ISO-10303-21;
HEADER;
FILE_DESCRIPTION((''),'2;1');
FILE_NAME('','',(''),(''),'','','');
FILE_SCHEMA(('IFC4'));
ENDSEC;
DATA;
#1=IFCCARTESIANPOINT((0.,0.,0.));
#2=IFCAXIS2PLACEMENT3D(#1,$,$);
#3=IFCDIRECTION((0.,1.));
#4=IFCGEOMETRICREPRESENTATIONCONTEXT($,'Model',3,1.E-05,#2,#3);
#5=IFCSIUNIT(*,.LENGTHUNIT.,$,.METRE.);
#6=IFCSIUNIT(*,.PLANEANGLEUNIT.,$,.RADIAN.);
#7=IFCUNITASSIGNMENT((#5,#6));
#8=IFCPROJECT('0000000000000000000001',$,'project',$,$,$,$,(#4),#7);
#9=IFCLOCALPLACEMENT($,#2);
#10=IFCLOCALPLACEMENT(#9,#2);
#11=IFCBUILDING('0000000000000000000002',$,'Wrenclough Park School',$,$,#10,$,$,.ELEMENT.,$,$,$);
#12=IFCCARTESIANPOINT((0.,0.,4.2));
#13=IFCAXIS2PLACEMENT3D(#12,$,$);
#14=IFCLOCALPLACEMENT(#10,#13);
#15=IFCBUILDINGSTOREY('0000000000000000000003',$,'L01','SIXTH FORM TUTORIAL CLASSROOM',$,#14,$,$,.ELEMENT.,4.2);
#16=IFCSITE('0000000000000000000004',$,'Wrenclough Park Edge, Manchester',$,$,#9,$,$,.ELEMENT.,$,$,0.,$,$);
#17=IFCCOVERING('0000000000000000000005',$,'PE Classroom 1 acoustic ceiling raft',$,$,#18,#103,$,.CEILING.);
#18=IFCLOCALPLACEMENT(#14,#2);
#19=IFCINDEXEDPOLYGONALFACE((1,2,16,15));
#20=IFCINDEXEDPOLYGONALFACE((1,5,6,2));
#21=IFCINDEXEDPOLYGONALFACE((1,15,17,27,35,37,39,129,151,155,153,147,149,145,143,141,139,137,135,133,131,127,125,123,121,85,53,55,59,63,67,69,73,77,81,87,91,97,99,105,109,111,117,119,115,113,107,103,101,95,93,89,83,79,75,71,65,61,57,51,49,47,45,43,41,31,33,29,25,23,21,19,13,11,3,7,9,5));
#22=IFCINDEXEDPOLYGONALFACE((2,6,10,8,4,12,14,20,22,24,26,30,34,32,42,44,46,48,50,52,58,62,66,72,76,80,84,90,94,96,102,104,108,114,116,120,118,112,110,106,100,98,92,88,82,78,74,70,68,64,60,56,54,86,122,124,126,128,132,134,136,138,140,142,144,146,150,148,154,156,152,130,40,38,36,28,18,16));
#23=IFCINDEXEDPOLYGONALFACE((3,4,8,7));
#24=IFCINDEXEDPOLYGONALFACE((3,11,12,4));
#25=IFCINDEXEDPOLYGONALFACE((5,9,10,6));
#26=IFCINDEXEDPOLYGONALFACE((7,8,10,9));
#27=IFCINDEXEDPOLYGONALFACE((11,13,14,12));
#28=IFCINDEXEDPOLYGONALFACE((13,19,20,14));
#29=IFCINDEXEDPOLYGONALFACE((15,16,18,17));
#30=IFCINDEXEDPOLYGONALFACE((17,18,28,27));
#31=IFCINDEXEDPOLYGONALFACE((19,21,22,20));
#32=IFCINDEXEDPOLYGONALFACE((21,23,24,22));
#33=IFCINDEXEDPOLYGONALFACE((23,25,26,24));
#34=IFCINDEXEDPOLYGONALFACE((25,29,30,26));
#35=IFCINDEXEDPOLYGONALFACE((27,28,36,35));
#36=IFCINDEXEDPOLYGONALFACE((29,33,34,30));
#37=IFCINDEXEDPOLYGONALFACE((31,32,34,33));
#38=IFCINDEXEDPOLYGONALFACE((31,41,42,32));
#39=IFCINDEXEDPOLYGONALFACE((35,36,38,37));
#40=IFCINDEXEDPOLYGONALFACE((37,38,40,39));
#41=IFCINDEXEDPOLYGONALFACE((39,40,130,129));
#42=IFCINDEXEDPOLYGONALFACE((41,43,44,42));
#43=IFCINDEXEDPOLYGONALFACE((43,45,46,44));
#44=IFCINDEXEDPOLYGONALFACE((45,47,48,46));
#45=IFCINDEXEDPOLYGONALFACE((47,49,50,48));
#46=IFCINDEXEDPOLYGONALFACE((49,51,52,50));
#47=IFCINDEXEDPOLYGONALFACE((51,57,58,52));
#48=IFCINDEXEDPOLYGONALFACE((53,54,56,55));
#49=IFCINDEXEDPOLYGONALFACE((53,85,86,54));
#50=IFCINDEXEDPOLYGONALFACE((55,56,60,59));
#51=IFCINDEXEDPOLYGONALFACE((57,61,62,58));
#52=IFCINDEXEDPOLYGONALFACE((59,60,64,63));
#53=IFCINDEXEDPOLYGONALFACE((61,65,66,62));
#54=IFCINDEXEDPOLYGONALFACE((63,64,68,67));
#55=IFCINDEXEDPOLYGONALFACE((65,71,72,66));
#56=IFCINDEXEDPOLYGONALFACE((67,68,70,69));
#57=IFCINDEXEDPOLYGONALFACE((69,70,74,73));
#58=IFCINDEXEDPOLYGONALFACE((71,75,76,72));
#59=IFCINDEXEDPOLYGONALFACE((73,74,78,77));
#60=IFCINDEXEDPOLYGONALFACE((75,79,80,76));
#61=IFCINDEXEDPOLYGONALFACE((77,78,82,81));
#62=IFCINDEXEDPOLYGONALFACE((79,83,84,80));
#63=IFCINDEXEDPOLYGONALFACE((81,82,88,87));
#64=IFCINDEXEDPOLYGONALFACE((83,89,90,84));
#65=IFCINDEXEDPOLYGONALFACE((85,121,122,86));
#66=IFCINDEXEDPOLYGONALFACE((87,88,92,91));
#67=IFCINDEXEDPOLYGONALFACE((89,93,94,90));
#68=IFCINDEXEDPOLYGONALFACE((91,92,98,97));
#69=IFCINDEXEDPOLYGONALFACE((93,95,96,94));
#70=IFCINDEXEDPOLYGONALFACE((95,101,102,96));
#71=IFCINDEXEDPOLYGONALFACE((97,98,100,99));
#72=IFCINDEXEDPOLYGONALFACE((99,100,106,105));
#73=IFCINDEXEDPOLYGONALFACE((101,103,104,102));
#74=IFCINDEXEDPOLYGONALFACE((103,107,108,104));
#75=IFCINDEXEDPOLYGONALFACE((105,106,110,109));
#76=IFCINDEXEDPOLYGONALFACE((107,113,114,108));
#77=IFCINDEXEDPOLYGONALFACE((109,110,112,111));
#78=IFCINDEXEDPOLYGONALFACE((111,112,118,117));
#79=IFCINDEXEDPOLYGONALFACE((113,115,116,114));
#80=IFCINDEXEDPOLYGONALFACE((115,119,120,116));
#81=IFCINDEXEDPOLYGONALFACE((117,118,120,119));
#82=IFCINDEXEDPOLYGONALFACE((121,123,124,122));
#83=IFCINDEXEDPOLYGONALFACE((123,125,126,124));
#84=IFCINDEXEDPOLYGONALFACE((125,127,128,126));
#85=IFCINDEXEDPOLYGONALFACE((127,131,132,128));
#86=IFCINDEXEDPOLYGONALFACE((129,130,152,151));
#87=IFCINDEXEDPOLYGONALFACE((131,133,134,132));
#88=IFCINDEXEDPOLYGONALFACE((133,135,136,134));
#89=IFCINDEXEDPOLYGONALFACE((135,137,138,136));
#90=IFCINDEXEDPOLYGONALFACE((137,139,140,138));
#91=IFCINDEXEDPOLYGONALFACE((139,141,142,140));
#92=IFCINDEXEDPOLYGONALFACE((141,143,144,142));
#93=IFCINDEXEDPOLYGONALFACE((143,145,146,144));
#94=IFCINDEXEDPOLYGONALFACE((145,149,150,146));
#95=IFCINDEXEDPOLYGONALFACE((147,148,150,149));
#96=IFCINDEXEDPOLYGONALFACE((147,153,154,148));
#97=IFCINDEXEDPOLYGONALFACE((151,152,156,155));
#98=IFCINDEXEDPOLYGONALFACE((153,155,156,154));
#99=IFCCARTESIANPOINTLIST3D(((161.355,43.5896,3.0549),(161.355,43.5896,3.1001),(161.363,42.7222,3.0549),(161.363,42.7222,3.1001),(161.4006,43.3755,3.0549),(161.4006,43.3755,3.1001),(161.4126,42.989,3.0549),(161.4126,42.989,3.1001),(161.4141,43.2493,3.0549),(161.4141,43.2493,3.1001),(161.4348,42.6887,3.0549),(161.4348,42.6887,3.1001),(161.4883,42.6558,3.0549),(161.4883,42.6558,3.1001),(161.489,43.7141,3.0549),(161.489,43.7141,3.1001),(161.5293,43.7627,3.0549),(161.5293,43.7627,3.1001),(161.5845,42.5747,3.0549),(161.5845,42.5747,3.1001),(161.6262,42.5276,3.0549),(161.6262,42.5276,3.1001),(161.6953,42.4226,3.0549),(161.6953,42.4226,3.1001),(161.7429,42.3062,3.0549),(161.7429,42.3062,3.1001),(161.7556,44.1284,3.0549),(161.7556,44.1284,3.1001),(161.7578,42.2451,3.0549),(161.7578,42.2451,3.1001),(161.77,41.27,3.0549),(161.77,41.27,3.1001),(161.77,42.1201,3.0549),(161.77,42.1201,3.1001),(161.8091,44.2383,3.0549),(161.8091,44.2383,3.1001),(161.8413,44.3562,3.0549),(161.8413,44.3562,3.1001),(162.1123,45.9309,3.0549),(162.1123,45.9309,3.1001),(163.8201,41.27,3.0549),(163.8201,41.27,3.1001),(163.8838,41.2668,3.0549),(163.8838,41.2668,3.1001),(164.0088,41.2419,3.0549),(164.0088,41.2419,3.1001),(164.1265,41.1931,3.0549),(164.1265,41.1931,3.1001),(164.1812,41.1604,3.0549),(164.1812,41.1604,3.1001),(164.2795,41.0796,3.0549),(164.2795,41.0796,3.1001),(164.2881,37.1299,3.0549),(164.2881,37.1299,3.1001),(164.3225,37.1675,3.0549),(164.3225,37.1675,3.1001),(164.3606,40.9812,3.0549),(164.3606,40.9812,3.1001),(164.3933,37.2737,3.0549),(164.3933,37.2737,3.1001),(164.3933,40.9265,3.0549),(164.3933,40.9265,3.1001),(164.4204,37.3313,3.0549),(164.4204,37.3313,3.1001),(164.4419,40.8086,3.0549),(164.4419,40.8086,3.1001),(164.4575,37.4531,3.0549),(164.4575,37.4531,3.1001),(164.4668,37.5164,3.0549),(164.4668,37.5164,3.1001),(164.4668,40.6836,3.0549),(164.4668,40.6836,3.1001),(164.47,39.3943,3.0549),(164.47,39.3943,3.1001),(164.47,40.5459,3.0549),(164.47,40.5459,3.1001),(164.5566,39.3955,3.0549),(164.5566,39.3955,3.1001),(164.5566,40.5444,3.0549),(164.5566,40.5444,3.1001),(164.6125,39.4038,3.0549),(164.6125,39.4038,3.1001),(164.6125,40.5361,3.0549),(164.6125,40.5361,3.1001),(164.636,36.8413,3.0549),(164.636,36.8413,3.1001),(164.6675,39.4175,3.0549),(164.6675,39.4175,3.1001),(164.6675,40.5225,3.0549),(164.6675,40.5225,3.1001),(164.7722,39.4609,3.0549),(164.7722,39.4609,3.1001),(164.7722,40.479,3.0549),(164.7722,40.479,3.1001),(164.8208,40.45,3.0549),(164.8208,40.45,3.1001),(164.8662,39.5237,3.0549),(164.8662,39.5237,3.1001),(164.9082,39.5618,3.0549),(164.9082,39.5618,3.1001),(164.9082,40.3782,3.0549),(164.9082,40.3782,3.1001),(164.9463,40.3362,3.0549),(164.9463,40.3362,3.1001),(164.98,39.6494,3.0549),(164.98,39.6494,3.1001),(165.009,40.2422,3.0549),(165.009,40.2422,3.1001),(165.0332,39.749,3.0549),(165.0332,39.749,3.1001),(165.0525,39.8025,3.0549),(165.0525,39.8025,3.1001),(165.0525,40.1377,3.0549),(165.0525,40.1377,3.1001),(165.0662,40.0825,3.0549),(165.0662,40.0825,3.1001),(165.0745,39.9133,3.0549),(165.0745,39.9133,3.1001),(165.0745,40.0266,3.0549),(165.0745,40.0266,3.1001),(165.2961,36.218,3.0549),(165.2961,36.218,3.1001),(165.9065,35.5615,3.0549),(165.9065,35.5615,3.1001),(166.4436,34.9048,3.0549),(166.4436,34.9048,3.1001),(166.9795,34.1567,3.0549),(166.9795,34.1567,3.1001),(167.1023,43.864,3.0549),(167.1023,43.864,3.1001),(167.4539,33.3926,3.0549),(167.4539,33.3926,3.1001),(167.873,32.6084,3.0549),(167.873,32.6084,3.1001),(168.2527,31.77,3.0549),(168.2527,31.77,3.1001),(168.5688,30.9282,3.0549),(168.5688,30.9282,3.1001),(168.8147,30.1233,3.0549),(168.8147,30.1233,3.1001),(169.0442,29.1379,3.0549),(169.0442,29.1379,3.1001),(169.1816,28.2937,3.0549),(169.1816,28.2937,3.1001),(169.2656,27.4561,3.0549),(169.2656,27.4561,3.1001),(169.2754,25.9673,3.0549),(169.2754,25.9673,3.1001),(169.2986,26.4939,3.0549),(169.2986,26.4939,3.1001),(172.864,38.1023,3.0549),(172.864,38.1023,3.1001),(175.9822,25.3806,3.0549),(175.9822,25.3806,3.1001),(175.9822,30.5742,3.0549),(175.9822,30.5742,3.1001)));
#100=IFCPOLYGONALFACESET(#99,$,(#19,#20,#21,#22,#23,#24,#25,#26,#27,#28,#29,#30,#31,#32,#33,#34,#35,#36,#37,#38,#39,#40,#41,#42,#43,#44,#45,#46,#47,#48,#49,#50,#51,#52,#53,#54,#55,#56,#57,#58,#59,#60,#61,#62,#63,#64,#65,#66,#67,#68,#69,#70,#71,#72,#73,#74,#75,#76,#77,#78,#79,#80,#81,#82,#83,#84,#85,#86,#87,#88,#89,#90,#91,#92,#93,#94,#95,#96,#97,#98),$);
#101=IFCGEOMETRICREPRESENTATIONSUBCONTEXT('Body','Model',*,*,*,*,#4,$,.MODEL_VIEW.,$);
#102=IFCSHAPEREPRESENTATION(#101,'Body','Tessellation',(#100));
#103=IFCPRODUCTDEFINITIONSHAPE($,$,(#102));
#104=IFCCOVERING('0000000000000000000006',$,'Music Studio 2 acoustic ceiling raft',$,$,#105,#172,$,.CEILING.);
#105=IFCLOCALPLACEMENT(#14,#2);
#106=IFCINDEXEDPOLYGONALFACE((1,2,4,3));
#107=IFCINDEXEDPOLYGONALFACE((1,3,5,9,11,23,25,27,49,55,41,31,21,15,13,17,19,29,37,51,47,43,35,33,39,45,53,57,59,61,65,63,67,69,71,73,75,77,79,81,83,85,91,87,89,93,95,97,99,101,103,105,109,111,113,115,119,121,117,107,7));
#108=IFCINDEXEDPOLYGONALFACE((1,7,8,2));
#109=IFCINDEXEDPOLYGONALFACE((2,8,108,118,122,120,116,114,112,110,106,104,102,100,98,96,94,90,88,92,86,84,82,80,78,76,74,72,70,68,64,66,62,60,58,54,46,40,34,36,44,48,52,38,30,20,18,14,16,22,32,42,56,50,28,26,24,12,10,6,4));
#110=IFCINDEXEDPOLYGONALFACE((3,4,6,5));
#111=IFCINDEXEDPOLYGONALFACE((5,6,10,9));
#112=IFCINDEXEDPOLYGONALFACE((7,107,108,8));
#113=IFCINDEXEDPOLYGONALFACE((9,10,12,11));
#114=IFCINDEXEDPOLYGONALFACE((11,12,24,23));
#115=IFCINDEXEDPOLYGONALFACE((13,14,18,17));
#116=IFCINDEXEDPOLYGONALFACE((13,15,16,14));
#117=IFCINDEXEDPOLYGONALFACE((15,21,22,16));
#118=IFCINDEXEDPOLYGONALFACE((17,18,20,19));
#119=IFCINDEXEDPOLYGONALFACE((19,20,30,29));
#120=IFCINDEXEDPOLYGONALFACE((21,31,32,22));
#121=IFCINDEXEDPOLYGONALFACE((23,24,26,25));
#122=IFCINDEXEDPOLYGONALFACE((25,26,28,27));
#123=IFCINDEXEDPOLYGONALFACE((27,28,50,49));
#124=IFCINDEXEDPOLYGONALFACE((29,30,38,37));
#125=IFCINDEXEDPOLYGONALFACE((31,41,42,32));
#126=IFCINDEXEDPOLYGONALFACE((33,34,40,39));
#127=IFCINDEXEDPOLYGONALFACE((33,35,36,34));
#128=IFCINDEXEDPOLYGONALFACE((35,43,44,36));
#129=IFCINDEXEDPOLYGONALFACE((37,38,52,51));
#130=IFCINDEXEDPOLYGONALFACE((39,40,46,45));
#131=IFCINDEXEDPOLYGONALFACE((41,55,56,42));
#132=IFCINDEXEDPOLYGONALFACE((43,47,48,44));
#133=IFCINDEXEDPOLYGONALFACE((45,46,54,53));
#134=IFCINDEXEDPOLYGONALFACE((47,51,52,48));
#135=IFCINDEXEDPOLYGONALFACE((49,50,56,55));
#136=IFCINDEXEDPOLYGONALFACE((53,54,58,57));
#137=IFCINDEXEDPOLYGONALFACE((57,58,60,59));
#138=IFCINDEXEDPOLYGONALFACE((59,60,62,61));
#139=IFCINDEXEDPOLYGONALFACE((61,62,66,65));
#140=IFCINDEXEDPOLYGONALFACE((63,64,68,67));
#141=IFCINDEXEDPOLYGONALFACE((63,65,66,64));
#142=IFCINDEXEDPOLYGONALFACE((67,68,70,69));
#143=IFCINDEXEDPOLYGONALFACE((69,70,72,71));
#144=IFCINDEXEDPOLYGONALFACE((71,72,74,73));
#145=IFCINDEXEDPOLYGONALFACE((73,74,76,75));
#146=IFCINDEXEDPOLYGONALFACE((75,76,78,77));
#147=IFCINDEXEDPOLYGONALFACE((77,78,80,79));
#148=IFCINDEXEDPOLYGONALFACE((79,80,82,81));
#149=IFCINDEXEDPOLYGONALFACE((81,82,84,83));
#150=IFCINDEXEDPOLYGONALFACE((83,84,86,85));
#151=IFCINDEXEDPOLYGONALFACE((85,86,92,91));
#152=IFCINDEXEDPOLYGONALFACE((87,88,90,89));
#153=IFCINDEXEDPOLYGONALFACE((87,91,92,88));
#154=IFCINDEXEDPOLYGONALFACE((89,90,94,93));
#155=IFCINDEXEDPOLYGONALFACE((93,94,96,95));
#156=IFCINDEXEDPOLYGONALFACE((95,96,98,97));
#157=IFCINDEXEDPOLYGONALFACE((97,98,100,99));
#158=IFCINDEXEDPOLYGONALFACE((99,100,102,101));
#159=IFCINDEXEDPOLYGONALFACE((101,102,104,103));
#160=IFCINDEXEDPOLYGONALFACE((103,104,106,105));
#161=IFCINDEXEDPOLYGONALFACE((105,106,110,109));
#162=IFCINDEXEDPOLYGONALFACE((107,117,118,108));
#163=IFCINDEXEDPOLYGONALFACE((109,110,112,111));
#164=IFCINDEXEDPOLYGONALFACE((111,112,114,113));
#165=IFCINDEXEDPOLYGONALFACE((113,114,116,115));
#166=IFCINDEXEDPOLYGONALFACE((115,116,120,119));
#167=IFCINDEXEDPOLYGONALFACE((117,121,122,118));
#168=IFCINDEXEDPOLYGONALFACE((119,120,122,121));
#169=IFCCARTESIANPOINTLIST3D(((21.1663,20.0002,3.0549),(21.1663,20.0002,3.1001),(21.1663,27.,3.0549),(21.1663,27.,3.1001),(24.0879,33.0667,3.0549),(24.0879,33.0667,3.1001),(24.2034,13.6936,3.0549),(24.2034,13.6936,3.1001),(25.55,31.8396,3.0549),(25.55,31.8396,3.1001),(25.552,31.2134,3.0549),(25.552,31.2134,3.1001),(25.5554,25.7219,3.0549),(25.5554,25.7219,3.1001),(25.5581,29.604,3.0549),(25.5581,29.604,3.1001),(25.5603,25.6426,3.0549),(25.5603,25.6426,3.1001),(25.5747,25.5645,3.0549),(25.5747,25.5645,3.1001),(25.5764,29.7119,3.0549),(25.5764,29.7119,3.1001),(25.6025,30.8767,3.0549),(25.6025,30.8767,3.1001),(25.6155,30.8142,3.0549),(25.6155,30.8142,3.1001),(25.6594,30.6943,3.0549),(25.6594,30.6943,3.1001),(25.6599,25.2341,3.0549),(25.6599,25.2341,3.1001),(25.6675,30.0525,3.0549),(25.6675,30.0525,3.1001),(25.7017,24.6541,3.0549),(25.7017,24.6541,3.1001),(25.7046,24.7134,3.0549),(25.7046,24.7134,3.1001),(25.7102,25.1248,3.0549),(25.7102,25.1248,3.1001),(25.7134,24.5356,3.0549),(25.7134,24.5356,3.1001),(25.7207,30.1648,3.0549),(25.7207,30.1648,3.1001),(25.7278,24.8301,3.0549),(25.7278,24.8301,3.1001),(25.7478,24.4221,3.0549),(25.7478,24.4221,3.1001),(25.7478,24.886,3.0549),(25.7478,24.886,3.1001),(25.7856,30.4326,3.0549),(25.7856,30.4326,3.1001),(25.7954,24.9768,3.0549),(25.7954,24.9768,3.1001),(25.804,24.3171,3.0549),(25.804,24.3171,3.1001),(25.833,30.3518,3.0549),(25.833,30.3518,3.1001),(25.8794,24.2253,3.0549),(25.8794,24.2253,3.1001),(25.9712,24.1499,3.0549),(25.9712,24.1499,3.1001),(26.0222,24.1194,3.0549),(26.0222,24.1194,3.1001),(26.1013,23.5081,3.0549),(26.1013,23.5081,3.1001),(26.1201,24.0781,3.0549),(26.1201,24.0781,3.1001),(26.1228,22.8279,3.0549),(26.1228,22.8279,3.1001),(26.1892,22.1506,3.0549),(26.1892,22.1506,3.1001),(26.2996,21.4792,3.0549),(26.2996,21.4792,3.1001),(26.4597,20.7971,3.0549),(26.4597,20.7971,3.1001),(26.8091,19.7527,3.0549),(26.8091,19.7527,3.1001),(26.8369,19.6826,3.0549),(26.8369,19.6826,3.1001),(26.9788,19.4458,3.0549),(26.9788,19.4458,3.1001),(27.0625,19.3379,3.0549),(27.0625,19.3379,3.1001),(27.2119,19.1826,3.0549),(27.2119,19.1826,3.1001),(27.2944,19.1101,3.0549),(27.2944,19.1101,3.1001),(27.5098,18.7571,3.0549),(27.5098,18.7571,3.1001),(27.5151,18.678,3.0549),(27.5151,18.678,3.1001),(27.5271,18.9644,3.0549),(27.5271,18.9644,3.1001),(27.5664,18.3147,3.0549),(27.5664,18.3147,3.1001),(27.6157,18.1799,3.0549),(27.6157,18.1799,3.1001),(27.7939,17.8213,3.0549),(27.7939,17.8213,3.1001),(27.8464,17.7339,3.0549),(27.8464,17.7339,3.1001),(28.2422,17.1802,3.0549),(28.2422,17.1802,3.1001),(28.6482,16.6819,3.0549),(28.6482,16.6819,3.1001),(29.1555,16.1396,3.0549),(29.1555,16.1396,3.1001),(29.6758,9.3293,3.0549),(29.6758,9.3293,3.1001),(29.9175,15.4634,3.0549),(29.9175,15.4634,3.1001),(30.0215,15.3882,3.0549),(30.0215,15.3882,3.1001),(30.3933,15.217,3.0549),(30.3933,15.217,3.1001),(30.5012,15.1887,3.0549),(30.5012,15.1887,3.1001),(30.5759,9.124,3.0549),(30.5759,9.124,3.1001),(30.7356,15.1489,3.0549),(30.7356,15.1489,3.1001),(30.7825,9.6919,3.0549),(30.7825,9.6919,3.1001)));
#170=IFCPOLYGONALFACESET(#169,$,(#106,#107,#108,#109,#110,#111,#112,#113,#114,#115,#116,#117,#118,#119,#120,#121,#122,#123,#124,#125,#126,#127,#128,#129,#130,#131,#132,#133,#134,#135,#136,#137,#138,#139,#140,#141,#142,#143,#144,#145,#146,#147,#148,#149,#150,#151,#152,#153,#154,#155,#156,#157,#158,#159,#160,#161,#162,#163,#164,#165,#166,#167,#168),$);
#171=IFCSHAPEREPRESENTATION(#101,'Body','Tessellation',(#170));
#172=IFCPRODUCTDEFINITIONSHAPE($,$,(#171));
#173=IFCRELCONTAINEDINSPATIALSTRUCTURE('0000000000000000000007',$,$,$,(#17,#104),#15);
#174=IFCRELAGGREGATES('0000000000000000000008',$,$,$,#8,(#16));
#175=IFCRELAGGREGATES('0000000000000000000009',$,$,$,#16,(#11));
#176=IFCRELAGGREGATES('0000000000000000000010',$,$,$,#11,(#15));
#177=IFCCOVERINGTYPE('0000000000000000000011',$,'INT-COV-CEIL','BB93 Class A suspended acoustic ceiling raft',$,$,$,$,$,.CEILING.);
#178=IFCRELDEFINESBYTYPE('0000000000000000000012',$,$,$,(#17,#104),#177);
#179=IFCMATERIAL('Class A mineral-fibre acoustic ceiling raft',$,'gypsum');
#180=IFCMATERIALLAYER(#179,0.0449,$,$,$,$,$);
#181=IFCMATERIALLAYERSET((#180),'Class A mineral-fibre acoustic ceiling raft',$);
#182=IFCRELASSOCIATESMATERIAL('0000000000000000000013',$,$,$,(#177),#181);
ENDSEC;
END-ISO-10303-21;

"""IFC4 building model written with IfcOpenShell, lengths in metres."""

from ifc_helpers import new_model, si_unit, direction, frame, origin, place, context, subcontext, project, spatial, polyline, outline, extrude, material, layer, layer_set, type_object, element, save


model = new_model("IFC4")

# Units and contexts
model_context = context("Model", 3, precision=1e-05, world=origin(), true_north=direction((0.0, 1.0)))
body_context = subcontext(model_context, "Body", "Model", "MODEL_VIEW")
ifc_project = project(units=[si_unit("LENGTHUNIT", "METRE"), si_unit("PLANEANGLEUNIT", "RADIAN")], contexts=[model_context])

# Site, building, storey
site_placement = place(None, origin())
site = spatial("IfcSite", under=ifc_project, at=site_placement, Name="Wrenclough Park Edge, Manchester", CompositionType="ELEMENT", RefElevation=0.0)
building_placement = place(site_placement, origin())
building = spatial("IfcBuilding", under=site, at=building_placement, Name="Wrenclough Park School", CompositionType="ELEMENT")
storey_placement = place(building_placement, frame((0.0, 0.0, 4.2)))
storey = spatial("IfcBuildingStorey", under=building, at=storey_placement, Name="L01", Description="SIXTH FORM TUTORIAL CLASSROOM", CompositionType="ELEMENT", Elevation=4.2)

# Coverings
ifc_material_1 = material(Name="Class A mineral-fibre acoustic ceiling raft", Category="gypsum")
ifc_layer_1 = layer(ifc_material_1, 0.0449)
ifc_layer_set_1 = layer_set([ifc_layer_1], Name="Class A mineral-fibre acoustic ceiling raft")
covering_type = type_object("IfcCoveringType", Name="INT-COV-CEIL", Description="BB93 Class A suspended acoustic ceiling raft", PredefinedType="CEILING", material=ifc_layer_set_1)
covering_1_placement = place(storey_placement, frame((0.0, 0.0, 3.0549)))
element("IfcCovering", 1, at=covering_1_placement, inside=storey, type_object=covering_type, Name="PE Classroom 1 acoustic ceiling raft", PredefinedType="CEILING", context=body_context, shape_type="SweptSolid", body=[
    extrude(outline(polyline([(164.3225, 37.1675), (164.2881, 37.1299), (164.636, 36.8413), (165.2961, 36.218), (165.9065, 35.5615), (166.4436, 34.9048), (166.9795, 34.1567), (167.4539, 33.3926), (167.873, 32.6084), (168.2527, 31.77), (168.5688, 30.9282), (168.8147, 30.1233), (169.0442, 29.1379), (169.1816, 28.2937), (169.2656, 27.4561), (169.2986, 26.4939), (169.2754, 25.9673), (175.9822, 25.3806), (175.9822, 30.5742), (172.864, 38.1023), (167.1023, 43.864), (162.1123, 45.9309), (161.8413, 44.3562), (161.8091, 44.2383), (161.7556, 44.1284), (161.5293, 43.7627), (161.489, 43.7141), (161.355, 43.5896), (161.4006, 43.3755), (161.4141, 43.2493), (161.4126, 42.989), (161.363, 42.7222), (161.4348, 42.6887), (161.4883, 42.6558), (161.5845, 42.5747), (161.6262, 42.5276), (161.6953, 42.4226), (161.7429, 42.3062), (161.7578, 42.2451), (161.77, 42.1201), (161.77, 41.27), (163.8201, 41.27), (163.8838, 41.2668), (164.0088, 41.2419), (164.1265, 41.1931), (164.1812, 41.1604), (164.2795, 41.0796), (164.3606, 40.9812), (164.3933, 40.9265), (164.4419, 40.8086), (164.4668, 40.6836), (164.47, 40.5459), (164.5566, 40.5444), (164.6125, 40.5361), (164.6675, 40.5225), (164.7722, 40.479), (164.8208, 40.45), (164.9082, 40.3782), (164.9463, 40.3362), (165.009, 40.2422), (165.0525, 40.1377), (165.0662, 40.0825), (165.0745, 40.0266), (165.0745, 39.9133), (165.0525, 39.8025), (165.0332, 39.749), (164.98, 39.6494), (164.9082, 39.5618), (164.8662, 39.5237), (164.7722, 39.4609), (164.6675, 39.4175), (164.6125, 39.4038), (164.5566, 39.3955), (164.47, 39.3943), (164.4668, 37.5164), (164.4575, 37.4531), (164.4204, 37.3313), (164.3933, 37.2737), (164.3225, 37.1675)])), origin(), (0.0, 0.0, 1.0), 0.0452),
])
covering_2_placement = place(storey_placement, frame((0.0, 0.0, 3.0549)))
element("IfcCovering", 2, at=covering_2_placement, inside=storey, type_object=covering_type, Name="Music Studio 2 acoustic ceiling raft", PredefinedType="CEILING", context=body_context, shape_type="SweptSolid", body=[
    extrude(outline(polyline([(25.55, 31.8396), (24.0879, 33.0667), (21.1663, 27.0), (21.1663, 20.0002), (24.2034, 13.6936), (29.6758, 9.3293), (30.5759, 9.124), (30.7825, 9.6919), (30.7356, 15.1489), (30.5012, 15.1887), (30.3933, 15.217), (30.0215, 15.3882), (29.9175, 15.4634), (29.1555, 16.1396), (28.6482, 16.6819), (28.2422, 17.1802), (27.8464, 17.7339), (27.7939, 17.8213), (27.6157, 18.1799), (27.5664, 18.3147), (27.5151, 18.678), (27.5098, 18.7571), (27.5271, 18.9644), (27.2944, 19.1101), (27.2119, 19.1826), (27.0625, 19.3379), (26.9788, 19.4458), (26.8369, 19.6826), (26.8091, 19.7527), (26.4597, 20.7971), (26.2996, 21.4792), (26.1892, 22.1506), (26.1228, 22.8279), (26.1013, 23.5081), (26.1201, 24.0781), (26.0222, 24.1194), (25.9712, 24.1499), (25.8794, 24.2253), (25.804, 24.3171), (25.7478, 24.4221), (25.7134, 24.5356), (25.7017, 24.6541), (25.7046, 24.7134), (25.7278, 24.8301), (25.7478, 24.886), (25.7954, 24.9768), (25.7102, 25.1248), (25.6599, 25.2341), (25.5747, 25.5645), (25.5603, 25.6426), (25.5554, 25.7219), (25.5581, 29.604), (25.5764, 29.7119), (25.6675, 30.0525), (25.7207, 30.1648), (25.833, 30.3518), (25.7856, 30.4326), (25.6594, 30.6943), (25.6155, 30.8142), (25.6025, 30.8767), (25.552, 31.2134), (25.55, 31.8396)])), origin(), (0.0, 0.0, 1.0), 0.0452),
])

save(model, "model.ifc")
